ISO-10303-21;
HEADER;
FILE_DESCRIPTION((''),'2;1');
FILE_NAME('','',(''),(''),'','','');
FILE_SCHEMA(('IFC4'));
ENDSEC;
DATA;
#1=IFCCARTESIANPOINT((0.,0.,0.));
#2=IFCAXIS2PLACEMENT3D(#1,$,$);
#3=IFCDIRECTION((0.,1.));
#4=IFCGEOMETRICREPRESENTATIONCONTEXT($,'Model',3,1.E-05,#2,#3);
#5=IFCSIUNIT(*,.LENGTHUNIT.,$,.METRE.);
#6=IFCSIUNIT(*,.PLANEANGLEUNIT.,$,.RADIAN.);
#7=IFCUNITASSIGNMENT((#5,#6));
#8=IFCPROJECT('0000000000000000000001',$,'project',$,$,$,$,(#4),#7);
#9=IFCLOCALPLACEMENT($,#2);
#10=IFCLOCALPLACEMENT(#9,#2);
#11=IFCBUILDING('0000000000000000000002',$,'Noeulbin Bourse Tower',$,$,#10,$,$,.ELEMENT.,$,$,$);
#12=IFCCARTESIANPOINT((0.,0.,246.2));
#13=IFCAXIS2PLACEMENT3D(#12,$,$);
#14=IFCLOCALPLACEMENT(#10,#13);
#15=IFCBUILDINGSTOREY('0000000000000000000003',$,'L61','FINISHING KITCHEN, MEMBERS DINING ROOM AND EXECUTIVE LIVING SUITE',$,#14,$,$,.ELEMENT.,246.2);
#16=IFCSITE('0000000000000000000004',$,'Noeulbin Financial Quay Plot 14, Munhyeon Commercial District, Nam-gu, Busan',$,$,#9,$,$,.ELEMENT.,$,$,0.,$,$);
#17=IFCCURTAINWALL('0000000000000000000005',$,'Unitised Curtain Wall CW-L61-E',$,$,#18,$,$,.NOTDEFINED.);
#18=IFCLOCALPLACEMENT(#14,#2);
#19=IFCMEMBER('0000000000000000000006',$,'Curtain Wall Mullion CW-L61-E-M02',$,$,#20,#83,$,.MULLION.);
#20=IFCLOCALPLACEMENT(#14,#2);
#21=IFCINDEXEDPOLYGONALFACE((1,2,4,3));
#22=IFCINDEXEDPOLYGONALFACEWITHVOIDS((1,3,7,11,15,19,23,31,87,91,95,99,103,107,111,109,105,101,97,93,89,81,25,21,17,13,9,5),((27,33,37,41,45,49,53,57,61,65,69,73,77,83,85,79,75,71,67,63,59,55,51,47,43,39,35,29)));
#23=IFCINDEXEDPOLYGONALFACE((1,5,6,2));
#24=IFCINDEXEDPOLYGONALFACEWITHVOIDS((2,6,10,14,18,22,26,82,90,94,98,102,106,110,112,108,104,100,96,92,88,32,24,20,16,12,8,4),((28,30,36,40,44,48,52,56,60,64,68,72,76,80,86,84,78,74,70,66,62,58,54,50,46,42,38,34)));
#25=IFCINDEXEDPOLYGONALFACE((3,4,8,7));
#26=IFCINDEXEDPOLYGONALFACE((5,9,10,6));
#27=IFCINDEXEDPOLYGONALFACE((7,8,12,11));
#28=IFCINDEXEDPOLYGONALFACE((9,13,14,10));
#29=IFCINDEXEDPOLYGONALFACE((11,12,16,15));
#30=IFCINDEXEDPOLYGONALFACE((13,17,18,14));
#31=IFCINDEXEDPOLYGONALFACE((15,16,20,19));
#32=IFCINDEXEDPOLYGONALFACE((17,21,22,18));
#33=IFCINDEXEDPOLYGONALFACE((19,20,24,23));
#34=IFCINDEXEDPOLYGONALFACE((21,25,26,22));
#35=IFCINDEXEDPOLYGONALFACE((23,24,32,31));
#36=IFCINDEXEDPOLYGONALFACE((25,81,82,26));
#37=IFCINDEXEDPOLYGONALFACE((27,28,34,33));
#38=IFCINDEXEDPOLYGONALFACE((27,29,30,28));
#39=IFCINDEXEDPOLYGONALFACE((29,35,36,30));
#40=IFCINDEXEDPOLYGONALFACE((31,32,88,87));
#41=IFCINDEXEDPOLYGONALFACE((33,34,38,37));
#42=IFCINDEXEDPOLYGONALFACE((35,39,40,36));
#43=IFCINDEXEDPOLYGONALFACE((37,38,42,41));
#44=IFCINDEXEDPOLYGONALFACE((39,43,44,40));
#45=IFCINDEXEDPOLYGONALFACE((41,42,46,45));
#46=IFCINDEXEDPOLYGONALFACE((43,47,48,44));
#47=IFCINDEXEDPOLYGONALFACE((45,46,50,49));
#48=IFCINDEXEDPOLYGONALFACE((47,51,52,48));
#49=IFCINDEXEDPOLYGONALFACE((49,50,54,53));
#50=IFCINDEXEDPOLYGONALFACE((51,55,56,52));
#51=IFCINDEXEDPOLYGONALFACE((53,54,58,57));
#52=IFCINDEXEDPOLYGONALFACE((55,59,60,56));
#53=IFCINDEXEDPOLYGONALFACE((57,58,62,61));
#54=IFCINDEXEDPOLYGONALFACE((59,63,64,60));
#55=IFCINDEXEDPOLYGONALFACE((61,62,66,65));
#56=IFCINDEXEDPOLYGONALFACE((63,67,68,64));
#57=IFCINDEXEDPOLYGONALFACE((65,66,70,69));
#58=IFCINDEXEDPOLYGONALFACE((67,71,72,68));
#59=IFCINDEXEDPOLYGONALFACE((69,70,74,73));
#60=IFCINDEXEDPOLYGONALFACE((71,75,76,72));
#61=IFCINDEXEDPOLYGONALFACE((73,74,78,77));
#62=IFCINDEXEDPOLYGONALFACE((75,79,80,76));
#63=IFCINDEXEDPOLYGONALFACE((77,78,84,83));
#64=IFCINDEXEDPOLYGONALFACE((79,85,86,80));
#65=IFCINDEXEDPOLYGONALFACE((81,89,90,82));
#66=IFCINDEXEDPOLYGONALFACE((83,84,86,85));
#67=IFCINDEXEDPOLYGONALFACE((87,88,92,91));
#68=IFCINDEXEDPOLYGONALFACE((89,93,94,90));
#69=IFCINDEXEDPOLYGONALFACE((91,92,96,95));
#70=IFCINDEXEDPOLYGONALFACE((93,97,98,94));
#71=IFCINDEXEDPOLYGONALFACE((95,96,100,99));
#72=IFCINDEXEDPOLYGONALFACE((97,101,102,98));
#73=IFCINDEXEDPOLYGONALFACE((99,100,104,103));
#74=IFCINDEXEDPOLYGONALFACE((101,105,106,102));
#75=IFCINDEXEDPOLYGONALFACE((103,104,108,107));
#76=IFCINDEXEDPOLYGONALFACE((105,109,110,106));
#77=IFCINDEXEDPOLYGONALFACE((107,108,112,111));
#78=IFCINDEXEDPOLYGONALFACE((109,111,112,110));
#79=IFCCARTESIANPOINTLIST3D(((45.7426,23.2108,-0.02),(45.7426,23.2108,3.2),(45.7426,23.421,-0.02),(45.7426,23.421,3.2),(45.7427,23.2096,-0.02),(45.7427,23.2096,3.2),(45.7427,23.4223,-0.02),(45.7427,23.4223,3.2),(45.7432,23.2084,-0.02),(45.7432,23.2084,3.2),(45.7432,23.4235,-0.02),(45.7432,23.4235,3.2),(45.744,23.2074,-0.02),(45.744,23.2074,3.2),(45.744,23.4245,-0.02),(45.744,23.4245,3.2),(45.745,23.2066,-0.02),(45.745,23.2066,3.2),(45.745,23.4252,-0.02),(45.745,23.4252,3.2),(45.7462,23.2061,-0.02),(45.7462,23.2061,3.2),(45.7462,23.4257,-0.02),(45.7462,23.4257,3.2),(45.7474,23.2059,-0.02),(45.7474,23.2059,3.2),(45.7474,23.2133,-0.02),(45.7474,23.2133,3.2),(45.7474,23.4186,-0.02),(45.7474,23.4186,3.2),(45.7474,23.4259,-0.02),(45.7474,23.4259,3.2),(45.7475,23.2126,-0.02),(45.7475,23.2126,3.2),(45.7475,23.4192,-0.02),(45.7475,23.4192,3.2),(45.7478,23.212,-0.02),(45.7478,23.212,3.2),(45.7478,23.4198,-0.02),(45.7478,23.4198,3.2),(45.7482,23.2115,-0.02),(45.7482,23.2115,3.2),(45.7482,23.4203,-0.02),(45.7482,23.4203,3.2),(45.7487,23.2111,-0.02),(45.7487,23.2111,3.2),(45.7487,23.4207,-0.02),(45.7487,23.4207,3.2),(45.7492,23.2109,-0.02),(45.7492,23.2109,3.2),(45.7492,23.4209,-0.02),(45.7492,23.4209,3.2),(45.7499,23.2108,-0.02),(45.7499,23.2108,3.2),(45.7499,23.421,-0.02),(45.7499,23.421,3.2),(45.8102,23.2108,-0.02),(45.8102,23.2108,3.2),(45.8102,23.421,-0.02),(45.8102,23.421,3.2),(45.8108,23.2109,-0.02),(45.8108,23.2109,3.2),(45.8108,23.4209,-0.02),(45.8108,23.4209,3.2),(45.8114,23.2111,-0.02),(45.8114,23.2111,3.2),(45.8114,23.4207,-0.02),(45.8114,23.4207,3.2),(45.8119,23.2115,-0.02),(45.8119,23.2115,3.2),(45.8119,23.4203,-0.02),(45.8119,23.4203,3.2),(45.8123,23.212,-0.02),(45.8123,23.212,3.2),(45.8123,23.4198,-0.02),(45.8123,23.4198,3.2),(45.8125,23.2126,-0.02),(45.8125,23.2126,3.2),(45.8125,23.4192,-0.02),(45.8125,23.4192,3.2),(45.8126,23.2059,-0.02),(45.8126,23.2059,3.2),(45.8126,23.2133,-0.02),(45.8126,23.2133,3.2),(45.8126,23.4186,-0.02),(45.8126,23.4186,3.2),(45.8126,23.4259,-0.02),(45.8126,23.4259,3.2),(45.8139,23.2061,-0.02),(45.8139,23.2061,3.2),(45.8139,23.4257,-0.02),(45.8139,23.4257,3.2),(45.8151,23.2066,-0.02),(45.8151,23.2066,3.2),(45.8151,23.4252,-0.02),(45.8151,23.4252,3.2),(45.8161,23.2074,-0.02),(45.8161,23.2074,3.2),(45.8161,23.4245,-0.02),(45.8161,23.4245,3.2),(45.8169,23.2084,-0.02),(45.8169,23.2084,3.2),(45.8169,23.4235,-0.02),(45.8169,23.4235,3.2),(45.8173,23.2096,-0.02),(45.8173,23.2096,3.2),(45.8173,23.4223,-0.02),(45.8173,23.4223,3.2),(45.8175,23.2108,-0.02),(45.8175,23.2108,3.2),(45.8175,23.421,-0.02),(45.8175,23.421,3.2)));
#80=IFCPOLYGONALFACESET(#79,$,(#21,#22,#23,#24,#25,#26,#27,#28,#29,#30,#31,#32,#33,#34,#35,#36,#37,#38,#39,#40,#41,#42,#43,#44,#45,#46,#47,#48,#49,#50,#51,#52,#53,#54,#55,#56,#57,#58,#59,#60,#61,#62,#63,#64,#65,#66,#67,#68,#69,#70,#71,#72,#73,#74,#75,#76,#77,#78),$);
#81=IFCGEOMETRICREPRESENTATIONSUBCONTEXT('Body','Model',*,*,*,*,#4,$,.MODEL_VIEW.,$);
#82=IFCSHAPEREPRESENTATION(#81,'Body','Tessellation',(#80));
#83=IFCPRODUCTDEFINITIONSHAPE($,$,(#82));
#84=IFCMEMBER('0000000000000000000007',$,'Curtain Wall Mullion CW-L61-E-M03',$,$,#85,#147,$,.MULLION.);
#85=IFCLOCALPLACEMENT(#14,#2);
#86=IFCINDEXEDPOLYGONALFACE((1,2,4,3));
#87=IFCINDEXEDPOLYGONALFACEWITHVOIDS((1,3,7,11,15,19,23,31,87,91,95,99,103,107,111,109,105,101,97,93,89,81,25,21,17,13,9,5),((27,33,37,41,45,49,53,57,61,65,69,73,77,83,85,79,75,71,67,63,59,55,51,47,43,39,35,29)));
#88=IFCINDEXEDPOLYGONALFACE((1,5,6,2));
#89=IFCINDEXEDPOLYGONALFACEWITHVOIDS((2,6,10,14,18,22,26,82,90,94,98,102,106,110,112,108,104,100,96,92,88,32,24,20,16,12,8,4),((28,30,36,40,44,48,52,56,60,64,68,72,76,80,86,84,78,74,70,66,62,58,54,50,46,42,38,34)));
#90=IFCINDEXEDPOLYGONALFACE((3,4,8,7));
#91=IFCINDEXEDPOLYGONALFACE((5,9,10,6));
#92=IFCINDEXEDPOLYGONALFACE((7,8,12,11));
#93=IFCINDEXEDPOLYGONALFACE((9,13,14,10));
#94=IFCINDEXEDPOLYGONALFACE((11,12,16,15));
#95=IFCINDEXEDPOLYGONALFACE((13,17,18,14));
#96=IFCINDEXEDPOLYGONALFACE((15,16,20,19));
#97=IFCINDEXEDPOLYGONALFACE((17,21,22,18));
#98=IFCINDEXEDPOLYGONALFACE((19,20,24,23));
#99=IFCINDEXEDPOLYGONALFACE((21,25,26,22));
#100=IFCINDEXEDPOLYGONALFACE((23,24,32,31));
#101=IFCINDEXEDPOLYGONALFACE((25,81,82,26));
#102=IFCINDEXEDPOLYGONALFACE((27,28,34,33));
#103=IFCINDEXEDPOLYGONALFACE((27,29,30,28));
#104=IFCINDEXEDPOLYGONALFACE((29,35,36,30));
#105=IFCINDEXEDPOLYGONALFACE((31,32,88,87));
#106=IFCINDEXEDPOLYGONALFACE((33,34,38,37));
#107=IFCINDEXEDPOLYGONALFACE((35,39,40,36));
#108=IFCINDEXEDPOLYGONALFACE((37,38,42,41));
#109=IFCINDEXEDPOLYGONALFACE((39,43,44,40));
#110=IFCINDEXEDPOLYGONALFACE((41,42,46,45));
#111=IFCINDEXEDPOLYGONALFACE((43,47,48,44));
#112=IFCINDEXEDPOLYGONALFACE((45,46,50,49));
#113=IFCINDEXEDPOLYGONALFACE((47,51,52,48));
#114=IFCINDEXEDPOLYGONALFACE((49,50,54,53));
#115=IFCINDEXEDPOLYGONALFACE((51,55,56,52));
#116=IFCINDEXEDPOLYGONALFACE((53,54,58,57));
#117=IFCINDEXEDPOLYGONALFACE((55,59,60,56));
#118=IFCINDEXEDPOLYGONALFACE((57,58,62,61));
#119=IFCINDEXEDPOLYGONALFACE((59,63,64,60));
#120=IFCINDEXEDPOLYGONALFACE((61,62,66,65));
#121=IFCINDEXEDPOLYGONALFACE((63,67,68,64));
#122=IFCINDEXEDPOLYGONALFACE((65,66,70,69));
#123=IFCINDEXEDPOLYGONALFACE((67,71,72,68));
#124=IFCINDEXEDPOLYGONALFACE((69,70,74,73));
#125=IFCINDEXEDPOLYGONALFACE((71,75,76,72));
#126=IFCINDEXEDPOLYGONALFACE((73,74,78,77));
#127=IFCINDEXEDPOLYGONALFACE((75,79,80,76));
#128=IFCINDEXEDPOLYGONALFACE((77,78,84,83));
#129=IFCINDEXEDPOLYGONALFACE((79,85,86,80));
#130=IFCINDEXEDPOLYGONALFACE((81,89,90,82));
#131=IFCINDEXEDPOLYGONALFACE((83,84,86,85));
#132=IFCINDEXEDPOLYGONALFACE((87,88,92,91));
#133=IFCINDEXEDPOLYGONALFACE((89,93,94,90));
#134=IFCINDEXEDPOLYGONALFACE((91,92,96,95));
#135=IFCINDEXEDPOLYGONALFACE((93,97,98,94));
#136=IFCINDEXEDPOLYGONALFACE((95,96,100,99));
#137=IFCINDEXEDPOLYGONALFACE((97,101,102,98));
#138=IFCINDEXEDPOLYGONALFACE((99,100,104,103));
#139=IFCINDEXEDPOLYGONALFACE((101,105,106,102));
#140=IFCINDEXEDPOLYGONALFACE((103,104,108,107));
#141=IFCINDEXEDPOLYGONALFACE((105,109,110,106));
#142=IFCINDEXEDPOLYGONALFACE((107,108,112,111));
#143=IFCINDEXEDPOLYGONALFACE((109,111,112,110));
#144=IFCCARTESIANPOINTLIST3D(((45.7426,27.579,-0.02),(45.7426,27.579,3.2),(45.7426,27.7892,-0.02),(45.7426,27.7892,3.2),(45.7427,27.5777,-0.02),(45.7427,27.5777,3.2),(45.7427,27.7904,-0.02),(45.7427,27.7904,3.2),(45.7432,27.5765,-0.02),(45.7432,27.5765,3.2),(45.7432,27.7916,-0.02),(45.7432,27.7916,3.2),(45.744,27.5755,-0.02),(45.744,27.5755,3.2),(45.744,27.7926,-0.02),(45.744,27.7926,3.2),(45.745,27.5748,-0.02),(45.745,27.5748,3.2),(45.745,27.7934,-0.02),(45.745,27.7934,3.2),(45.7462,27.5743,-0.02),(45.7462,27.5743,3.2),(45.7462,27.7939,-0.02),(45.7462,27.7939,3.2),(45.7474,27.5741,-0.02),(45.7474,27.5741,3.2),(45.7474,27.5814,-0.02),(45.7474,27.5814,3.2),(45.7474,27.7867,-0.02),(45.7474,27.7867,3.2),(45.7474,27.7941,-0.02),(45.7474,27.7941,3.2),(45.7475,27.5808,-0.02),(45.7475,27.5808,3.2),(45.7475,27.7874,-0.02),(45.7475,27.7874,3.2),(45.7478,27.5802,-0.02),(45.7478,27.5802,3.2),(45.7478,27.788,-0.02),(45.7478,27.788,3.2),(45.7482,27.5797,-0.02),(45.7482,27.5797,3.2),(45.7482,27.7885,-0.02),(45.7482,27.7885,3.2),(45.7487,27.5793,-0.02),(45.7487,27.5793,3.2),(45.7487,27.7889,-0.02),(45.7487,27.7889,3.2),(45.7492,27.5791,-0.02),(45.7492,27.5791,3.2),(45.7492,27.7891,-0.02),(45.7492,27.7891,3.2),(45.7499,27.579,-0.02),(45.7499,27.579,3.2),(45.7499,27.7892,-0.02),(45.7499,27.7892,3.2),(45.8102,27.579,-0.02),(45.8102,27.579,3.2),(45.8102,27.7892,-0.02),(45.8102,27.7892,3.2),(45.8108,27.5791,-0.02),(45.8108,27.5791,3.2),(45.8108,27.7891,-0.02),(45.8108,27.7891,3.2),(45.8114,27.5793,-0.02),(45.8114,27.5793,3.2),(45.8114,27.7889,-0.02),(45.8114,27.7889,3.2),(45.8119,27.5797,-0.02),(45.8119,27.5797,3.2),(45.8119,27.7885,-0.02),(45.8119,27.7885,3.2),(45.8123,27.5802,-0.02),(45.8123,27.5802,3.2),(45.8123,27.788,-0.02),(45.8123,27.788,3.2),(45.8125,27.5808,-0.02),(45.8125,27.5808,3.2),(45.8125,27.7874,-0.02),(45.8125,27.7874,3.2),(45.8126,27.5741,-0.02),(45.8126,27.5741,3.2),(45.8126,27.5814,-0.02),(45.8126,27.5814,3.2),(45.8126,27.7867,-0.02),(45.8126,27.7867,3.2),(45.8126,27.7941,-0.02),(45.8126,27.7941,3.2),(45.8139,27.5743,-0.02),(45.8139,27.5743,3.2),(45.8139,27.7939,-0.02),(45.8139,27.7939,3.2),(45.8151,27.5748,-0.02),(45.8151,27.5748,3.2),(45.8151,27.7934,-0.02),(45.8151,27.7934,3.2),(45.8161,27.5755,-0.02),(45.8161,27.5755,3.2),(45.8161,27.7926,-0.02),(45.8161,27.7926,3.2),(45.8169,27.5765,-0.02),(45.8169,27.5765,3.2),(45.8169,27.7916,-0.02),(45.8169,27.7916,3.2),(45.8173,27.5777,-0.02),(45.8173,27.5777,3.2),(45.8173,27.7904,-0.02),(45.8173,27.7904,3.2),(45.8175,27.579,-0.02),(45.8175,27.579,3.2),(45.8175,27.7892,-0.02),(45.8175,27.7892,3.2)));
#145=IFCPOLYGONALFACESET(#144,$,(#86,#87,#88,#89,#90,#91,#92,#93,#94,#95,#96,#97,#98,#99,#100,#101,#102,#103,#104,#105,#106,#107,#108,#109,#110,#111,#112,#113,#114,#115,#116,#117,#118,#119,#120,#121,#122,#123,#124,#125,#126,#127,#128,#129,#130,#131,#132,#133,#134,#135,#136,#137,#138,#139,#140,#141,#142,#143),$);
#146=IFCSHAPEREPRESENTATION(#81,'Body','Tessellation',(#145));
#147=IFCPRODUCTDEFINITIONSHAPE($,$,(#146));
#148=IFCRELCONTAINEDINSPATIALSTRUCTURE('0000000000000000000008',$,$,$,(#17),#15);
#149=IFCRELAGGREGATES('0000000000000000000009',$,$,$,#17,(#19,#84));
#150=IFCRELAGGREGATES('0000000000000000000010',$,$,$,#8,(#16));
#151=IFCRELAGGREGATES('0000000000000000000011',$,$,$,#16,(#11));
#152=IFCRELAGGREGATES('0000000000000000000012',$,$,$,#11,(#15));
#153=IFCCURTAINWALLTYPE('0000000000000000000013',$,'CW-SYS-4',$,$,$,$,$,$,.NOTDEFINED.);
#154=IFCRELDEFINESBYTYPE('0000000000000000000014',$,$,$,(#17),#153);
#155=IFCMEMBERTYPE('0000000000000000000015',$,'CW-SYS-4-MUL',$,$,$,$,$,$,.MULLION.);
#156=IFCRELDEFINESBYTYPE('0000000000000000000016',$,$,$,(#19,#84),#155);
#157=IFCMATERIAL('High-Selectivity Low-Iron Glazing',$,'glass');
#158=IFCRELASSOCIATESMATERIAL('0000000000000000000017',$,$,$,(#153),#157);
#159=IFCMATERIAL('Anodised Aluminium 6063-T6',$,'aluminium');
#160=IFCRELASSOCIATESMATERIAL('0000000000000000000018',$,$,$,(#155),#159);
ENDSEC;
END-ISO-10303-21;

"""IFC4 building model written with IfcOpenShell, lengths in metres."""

from ifc_helpers import new_model, si_unit, direction, frame, origin, origin_2d, place, context, subcontext, project, spatial, hollow_rectangle, extrude, material, material_profile, profile_set, type_object, element, aggregate, save


model = new_model("IFC4")

# Units and contexts
model_context = context("Model", 3, precision=1e-05, world=origin(), true_north=direction((0.0, 1.0)))
body_context = subcontext(model_context, "Body", "Model", "MODEL_VIEW")
ifc_project = project(units=[si_unit("LENGTHUNIT", "METRE"), si_unit("PLANEANGLEUNIT", "RADIAN")], contexts=[model_context])

# Site, building, storey
site_placement = place(None, origin())
site = spatial("IfcSite", under=ifc_project, at=site_placement, Name="Noeulbin Financial Quay Plot 14, Munhyeon Commercial District, Nam-gu, Busan", CompositionType="ELEMENT", RefElevation=0.0)
building_placement = place(site_placement, origin())
building = spatial("IfcBuilding", under=site, at=building_placement, Name="Noeulbin Bourse Tower", CompositionType="ELEMENT")
storey_placement = place(building_placement, frame((0.0, 0.0, 246.2)))
storey = spatial("IfcBuildingStorey", under=building, at=storey_placement, Name="L61", Description="FINISHING KITCHEN, MEMBERS DINING ROOM AND EXECUTIVE LIVING SUITE", CompositionType="ELEMENT", Elevation=246.2)

# Curtain wall, members
ifc_material_1 = material(Name="High-Selectivity Low-Iron Glazing", Category="glass")
curtain_wall_type = type_object("IfcCurtainWallType", Name="CW-SYS-4", PredefinedType="NOTDEFINED", material=ifc_material_1)
ifc_material_2 = material(Name="Anodised Aluminium 6063-T6", Category="aluminium")
ifc_material_profile_1 = material_profile(ifc_material_2, hollow_rectangle(XDim=0.075, YDim=0.22, WallThickness=0.0049, InnerFilletRadius=0.0024, OuterFilletRadius=0.0049, at=origin_2d()), Name="ALU-MULL-75x220x5", Category="LoadBearing")
ifc_profile_set_1 = profile_set([ifc_material_profile_1], Name="Anodised Aluminium 6063-T6")
member_type_1 = type_object("IfcMemberType", Name="CW-SYS-4-MUL", PredefinedType="MULLION", material=ifc_profile_set_1)
curtain_wall_1_placement = place(storey_placement, origin())
curtain_wall_1 = element("IfcCurtainWall", 1, at=curtain_wall_1_placement, inside=storey, type_object=curtain_wall_type, Name="Unitised Curtain Wall CW-L61-E", PredefinedType="NOTDEFINED")
member_1_placement = place(storey_placement, frame((45.78, 23.3159, -0.02), z_axis=(0.0, 0.0, 1.0), x_axis=(1.0, 0.0, 0.0)))
member_1 = element("IfcMember", 2, at=member_1_placement, type_object=member_type_1, Name="Curtain Wall Mullion CW-L61-E-M02", PredefinedType="MULLION", context=body_context, shape_type="SweptSolid", body=[
    extrude(hollow_rectangle(XDim=0.075, YDim=0.22, WallThickness=0.0049, InnerFilletRadius=0.0024, OuterFilletRadius=0.0049, at=origin_2d()), origin(), (0.0, 0.0, 1.0), 3.22),
])
member_2_placement = place(storey_placement, frame((45.78, 27.6841, -0.02), z_axis=(0.0, 0.0, 1.0), x_axis=(1.0, 0.0, 0.0)))
member_2 = element("IfcMember", 3, at=member_2_placement, type_object=member_type_1, Name="Curtain Wall Mullion CW-L61-E-M03", PredefinedType="MULLION", context=body_context, shape_type="SweptSolid", body=[
    extrude(hollow_rectangle(XDim=0.075, YDim=0.22, WallThickness=0.0049, InnerFilletRadius=0.0024, OuterFilletRadius=0.0049, at=origin_2d()), origin(), (0.0, 0.0, 1.0), 3.22),
])

aggregate(curtain_wall_1, [member_1, member_2])

save(model, "model.ifc")
